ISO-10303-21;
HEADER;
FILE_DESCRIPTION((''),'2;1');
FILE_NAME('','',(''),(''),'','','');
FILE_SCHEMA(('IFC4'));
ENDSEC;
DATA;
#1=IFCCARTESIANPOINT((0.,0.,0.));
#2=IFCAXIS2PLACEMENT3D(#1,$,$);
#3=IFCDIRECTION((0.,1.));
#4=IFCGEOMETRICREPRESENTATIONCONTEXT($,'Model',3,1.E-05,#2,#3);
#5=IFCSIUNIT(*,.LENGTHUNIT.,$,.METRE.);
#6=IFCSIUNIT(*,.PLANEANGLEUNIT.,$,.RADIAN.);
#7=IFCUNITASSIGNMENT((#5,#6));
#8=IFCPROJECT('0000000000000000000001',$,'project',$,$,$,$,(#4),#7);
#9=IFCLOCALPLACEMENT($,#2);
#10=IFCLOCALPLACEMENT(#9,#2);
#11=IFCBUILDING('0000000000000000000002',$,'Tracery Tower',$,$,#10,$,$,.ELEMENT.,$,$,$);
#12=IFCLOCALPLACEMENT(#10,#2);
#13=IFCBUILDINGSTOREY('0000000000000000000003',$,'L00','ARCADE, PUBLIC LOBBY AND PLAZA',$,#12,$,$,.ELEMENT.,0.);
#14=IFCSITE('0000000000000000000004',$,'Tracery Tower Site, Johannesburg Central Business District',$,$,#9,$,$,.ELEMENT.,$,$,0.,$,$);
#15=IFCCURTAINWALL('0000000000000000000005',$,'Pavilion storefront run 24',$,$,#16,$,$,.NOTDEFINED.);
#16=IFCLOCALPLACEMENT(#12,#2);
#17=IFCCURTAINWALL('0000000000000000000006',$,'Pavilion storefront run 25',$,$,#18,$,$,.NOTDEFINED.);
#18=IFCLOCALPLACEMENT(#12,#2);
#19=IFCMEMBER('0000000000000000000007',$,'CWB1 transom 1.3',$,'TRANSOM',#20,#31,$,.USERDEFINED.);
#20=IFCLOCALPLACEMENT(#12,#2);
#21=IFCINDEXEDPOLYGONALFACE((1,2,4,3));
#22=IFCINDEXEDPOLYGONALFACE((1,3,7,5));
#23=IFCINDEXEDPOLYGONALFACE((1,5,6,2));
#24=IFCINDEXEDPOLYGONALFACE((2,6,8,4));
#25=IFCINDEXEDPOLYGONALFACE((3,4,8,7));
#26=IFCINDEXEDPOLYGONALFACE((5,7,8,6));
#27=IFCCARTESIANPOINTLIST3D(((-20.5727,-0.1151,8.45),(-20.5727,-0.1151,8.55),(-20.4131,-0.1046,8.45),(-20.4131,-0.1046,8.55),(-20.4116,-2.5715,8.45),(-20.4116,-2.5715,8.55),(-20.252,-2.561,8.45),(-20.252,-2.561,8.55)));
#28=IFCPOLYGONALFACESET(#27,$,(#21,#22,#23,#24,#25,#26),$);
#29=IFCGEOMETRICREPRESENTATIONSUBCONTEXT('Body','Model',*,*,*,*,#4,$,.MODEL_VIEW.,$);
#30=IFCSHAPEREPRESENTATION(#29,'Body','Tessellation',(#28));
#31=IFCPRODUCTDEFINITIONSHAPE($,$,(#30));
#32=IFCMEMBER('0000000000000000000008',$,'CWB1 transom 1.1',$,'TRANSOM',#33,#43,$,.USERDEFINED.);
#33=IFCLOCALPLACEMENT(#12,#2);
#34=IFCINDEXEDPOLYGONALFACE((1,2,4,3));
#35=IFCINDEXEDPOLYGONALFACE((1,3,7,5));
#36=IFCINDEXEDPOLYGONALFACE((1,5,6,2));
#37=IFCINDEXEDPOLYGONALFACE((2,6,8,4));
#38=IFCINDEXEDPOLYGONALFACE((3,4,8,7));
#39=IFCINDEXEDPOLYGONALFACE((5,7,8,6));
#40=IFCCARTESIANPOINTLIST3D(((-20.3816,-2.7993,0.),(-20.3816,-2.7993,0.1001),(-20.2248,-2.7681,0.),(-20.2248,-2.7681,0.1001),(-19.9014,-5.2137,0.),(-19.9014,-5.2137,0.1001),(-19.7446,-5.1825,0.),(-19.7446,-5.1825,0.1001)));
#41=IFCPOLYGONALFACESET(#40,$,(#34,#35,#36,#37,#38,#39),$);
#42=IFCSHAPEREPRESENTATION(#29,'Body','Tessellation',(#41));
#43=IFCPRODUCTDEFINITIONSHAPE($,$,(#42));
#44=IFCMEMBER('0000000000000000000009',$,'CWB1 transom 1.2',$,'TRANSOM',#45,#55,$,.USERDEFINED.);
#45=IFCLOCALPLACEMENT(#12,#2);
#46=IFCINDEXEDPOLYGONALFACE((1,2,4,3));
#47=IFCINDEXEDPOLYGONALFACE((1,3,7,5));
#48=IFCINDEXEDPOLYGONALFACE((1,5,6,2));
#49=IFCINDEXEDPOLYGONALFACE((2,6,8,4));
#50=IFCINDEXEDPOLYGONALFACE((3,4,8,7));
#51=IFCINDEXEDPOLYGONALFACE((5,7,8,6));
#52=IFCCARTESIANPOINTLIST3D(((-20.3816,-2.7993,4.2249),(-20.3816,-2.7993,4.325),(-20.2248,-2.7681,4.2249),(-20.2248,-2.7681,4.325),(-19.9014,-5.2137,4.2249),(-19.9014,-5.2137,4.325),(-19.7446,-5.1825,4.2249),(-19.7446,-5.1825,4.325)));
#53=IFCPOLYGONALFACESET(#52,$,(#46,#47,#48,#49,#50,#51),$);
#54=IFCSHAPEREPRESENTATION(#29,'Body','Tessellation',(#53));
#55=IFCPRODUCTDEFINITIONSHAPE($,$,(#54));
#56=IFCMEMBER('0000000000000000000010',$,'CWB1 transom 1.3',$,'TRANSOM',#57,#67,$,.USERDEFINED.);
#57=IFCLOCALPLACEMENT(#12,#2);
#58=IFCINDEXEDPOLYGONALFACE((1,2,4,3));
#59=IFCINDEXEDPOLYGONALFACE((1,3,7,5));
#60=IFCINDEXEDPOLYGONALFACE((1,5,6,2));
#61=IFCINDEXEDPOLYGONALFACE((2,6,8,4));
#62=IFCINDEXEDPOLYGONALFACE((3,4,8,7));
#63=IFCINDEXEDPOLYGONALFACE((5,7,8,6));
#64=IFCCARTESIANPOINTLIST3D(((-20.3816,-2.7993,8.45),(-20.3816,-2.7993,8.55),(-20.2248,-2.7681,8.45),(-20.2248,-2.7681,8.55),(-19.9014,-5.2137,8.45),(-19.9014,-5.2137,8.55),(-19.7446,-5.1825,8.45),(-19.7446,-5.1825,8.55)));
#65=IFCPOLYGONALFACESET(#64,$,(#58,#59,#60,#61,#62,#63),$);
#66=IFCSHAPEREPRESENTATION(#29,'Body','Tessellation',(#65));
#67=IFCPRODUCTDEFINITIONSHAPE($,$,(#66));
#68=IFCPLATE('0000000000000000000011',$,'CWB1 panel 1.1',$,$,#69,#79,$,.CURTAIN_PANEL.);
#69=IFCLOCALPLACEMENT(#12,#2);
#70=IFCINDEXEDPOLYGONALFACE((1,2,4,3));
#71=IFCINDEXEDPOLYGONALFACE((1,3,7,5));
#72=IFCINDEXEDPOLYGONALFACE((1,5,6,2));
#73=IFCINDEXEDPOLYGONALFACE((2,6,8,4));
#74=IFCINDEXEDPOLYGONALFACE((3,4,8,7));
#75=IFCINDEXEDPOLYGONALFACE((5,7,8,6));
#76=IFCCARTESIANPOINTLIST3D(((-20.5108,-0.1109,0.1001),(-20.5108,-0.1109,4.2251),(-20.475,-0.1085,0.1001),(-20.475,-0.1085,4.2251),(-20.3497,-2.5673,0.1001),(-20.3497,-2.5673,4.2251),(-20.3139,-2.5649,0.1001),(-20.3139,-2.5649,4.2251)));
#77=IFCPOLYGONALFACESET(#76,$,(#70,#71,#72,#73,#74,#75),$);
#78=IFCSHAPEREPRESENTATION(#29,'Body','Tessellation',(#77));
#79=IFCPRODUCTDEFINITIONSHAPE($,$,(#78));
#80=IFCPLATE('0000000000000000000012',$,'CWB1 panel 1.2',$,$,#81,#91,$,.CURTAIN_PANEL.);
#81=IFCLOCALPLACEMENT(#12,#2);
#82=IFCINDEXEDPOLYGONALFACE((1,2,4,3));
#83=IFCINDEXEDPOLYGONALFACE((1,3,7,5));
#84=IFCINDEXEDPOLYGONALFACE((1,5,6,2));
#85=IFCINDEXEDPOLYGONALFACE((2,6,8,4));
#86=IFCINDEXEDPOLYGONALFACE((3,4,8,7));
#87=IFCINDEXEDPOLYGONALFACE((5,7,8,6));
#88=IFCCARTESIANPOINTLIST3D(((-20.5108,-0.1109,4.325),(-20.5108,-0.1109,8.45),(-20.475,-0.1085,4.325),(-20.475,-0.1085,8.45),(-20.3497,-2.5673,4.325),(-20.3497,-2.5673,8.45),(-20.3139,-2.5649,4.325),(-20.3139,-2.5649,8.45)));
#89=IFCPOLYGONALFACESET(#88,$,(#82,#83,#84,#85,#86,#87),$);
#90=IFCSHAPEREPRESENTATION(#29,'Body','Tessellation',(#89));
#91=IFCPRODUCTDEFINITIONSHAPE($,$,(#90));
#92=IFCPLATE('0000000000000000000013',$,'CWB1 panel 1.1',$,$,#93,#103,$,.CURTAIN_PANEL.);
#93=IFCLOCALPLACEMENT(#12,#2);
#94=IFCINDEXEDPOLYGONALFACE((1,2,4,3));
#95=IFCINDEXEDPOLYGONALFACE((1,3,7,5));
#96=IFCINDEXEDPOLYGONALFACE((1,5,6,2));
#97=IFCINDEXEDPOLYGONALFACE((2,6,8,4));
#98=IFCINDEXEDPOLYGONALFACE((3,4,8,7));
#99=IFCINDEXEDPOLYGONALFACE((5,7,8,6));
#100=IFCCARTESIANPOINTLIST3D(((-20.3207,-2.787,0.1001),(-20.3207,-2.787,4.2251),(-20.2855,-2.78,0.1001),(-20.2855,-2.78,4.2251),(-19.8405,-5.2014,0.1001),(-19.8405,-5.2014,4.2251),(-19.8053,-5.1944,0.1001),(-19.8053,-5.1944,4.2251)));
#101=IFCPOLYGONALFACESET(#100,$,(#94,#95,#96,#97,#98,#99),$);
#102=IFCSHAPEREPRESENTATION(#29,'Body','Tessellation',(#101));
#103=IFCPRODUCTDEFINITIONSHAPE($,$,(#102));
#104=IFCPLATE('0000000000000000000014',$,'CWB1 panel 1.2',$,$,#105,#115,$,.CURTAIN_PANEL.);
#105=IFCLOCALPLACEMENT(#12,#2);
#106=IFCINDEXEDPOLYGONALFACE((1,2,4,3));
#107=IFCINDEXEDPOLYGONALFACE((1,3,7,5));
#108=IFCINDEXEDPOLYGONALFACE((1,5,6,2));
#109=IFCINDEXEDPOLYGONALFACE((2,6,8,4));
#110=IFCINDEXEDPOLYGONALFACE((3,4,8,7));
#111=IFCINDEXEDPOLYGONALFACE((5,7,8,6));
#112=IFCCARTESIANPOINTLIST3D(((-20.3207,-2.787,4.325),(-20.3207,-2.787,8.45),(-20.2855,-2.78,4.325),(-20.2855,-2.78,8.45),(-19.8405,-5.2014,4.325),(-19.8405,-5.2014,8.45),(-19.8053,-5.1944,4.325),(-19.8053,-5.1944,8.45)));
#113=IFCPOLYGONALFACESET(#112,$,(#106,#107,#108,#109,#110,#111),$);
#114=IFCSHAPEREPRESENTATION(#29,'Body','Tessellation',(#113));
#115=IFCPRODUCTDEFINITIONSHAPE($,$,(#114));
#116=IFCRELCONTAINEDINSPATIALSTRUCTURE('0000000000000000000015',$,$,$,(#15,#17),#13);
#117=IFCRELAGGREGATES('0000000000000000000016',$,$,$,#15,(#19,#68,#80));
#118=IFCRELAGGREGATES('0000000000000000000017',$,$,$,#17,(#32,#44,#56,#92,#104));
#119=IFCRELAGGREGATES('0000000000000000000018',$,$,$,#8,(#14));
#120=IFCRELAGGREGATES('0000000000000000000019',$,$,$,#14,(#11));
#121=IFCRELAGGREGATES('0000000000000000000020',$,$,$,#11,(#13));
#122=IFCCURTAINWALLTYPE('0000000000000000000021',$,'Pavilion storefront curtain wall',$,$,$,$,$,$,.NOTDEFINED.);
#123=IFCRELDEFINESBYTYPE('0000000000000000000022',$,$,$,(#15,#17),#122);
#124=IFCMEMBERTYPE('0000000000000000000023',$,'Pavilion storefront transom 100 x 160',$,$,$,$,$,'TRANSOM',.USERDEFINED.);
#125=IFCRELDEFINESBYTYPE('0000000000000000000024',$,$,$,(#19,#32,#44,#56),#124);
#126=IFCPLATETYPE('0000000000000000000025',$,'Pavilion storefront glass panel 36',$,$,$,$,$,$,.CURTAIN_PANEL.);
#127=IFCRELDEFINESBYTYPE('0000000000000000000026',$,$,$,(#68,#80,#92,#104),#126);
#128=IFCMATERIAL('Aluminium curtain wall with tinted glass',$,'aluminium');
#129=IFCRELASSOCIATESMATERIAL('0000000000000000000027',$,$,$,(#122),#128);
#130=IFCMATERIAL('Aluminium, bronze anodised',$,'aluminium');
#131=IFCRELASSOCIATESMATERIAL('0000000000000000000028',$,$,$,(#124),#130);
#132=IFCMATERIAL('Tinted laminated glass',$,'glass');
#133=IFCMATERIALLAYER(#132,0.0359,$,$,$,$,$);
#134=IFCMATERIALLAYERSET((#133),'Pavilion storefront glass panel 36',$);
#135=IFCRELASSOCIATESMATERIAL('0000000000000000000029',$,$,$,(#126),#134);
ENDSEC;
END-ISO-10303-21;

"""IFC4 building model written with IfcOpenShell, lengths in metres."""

from ifc_helpers import new_model, si_unit, direction, frame, origin, origin_2d, place, context, subcontext, project, spatial, rectangle, extrude, material, layer, layer_set, material_profile, profile_set, type_object, element, aggregate, save


model = new_model("IFC4")

# Units and contexts
model_context = context("Model", 3, precision=1e-05, world=origin(), true_north=direction((0.0, 1.0)))
body_context = subcontext(model_context, "Body", "Model", "MODEL_VIEW")
ifc_project = project(units=[si_unit("LENGTHUNIT", "METRE"), si_unit("PLANEANGLEUNIT", "RADIAN")], contexts=[model_context])

# Site, building, storey
site_placement = place(None, origin())
site = spatial("IfcSite", under=ifc_project, at=site_placement, Name="Tracery Tower Site, Johannesburg Central Business District", CompositionType="ELEMENT", RefElevation=0.0)
building_placement = place(site_placement, origin())
building = spatial("IfcBuilding", under=site, at=building_placement, Name="Tracery Tower", CompositionType="ELEMENT")
storey_placement = place(building_placement, origin())
storey = spatial("IfcBuildingStorey", under=building, at=storey_placement, Name="L00", Description="ARCADE, PUBLIC LOBBY AND PLAZA", CompositionType="ELEMENT", Elevation=0.0)

# Curtain walls
ifc_material_1 = material(Name="Aluminium curtain wall with tinted glass", Category="aluminium")
curtain_wall_type = type_object("IfcCurtainWallType", Name="Pavilion storefront curtain wall", PredefinedType="NOTDEFINED", material=ifc_material_1)
curtain_wall_1_placement = place(storey_placement, origin())
curtain_wall_1 = element("IfcCurtainWall", 1, at=curtain_wall_1_placement, inside=storey, type_object=curtain_wall_type, Name="Pavilion storefront run 24", PredefinedType="NOTDEFINED")
curtain_wall_2_placement = place(storey_placement, origin())
curtain_wall_2 = element("IfcCurtainWall", 2, at=curtain_wall_2_placement, inside=storey, type_object=curtain_wall_type, Name="Pavilion storefront run 25", PredefinedType="NOTDEFINED")

# Members
ifc_material_2 = material(Name="Aluminium, bronze anodised", Category="aluminium")
ifc_material_profile_1 = material_profile(ifc_material_2, rectangle(XDim=0.1599, YDim=0.1001, at=origin_2d()), Name="Pavilion storefront transom 100 x 160")
ifc_profile_set_1 = profile_set([ifc_material_profile_1], Name="Aluminium, bronze anodised")
member_type_1 = type_object("IfcMemberType", Name="Pavilion storefront transom 100 x 160", ElementType="TRANSOM", PredefinedType="USERDEFINED", material=ifc_profile_set_1)
member_1_placement = place(storey_placement, frame((-20.4929, -0.1099, 8.5), z_axis=(0.065459, -0.997855, 0.0), x_axis=(0.997855, 0.065459, 0.0)))
member_1 = element("IfcMember", 3, at=member_1_placement, type_object=member_type_1, Name="CWB1 transom 1.3", ObjectType="TRANSOM", PredefinedType="USERDEFINED", context=body_context, shape_type="SweptSolid", body=[
    extrude(rectangle(XDim=0.1599, YDim=0.1001, at=origin_2d()), origin(), (0.0, 0.0, 1.0), 2.4617),
])
member_2_placement = place(storey_placement, frame((-20.3032, -2.7837, 0.05), z_axis=(0.195086, -0.980786, 0.0), x_axis=(0.980786, 0.195086, 0.0)))
member_2 = element("IfcMember", 4, at=member_2_placement, type_object=member_type_1, Name="CWB1 transom 1.1", ObjectType="TRANSOM", PredefinedType="USERDEFINED", context=body_context, shape_type="SweptSolid", body=[
    extrude(rectangle(XDim=0.1599, YDim=0.1001, at=origin_2d()), origin(), (0.0, 0.0, 1.0), 2.4617),
])
member_3_placement = place(storey_placement, frame((-20.3032, -2.7837, 4.2749), z_axis=(0.195086, -0.980786, 0.0), x_axis=(0.980786, 0.195086, 0.0)))
member_3 = element("IfcMember", 5, at=member_3_placement, type_object=member_type_1, Name="CWB1 transom 1.2", ObjectType="TRANSOM", PredefinedType="USERDEFINED", context=body_context, shape_type="SweptSolid", body=[
    extrude(rectangle(XDim=0.1599, YDim=0.1001, at=origin_2d()), origin(), (0.0, 0.0, 1.0), 2.4617),
])
member_4_placement = place(storey_placement, frame((-20.3032, -2.7837, 8.5), z_axis=(0.195086, -0.980786, 0.0), x_axis=(0.980786, 0.195086, 0.0)))
member_4 = element("IfcMember", 6, at=member_4_placement, type_object=member_type_1, Name="CWB1 transom 1.3", ObjectType="TRANSOM", PredefinedType="USERDEFINED", context=body_context, shape_type="SweptSolid", body=[
    extrude(rectangle(XDim=0.1599, YDim=0.1001, at=origin_2d()), origin(), (0.0, 0.0, 1.0), 2.4617),
])

# Plates
ifc_material_3 = material(Name="Tinted laminated glass", Category="glass")
ifc_layer = layer(ifc_material_3, 0.0359)
ifc_layer_set = layer_set([ifc_layer], Name="Pavilion storefront glass panel 36")
plate_type = type_object("IfcPlateType", Name="Pavilion storefront glass panel 36", PredefinedType="CURTAIN_PANEL", material=ifc_layer_set)
plate_1_placement = place(storey_placement, frame((-20.4124, -1.3379, 0.1001), z_axis=(0.0, 0.0, 1.0), x_axis=(0.065422, -0.997858, 0.0)))
plate_1 = element("IfcPlate", 7, at=plate_1_placement, type_object=plate_type, Name="CWB1 panel 1.1", PredefinedType="CURTAIN_PANEL", context=body_context, shape_type="SweptSolid", body=[
    extrude(rectangle(XDim=2.4617, YDim=0.0359, at=origin_2d()), origin(), (0.0, 0.0, 1.0), 4.125),
])
plate_2_placement = place(storey_placement, frame((-20.4124, -1.3379, 4.325), z_axis=(0.0, 0.0, 1.0), x_axis=(0.065422, -0.997858, 0.0)))
plate_2 = element("IfcPlate", 8, at=plate_2_placement, type_object=plate_type, Name="CWB1 panel 1.2", PredefinedType="CURTAIN_PANEL", context=body_context, shape_type="SweptSolid", body=[
    extrude(rectangle(XDim=2.4617, YDim=0.0359, at=origin_2d()), origin(), (0.0, 0.0, 1.0), 4.125),
])
aggregate(curtain_wall_1, [member_1, plate_1, plate_2])
plate_3_placement = place(storey_placement, frame((-20.063, -3.9907, 0.1001), z_axis=(0.0, 0.0, 1.0), x_axis=(0.195074, -0.980789, 0.0)))
plate_3 = element("IfcPlate", 9, at=plate_3_placement, type_object=plate_type, Name="CWB1 panel 1.1", PredefinedType="CURTAIN_PANEL", context=body_context, shape_type="SweptSolid", body=[
    extrude(rectangle(XDim=2.4617, YDim=0.0359, at=origin_2d()), origin(), (0.0, 0.0, 1.0), 4.125),
])
plate_4_placement = place(storey_placement, frame((-20.063, -3.9907, 4.325), z_axis=(0.0, 0.0, 1.0), x_axis=(0.195074, -0.980789, 0.0)))
plate_4 = element("IfcPlate", 10, at=plate_4_placement, type_object=plate_type, Name="CWB1 panel 1.2", PredefinedType="CURTAIN_PANEL", context=body_context, shape_type="SweptSolid", body=[
    extrude(rectangle(XDim=2.4617, YDim=0.0359, at=origin_2d()), origin(), (0.0, 0.0, 1.0), 4.125),
])
aggregate(curtain_wall_2, [member_2, member_3, member_4, plate_3, plate_4])

save(model, "model.ifc")
